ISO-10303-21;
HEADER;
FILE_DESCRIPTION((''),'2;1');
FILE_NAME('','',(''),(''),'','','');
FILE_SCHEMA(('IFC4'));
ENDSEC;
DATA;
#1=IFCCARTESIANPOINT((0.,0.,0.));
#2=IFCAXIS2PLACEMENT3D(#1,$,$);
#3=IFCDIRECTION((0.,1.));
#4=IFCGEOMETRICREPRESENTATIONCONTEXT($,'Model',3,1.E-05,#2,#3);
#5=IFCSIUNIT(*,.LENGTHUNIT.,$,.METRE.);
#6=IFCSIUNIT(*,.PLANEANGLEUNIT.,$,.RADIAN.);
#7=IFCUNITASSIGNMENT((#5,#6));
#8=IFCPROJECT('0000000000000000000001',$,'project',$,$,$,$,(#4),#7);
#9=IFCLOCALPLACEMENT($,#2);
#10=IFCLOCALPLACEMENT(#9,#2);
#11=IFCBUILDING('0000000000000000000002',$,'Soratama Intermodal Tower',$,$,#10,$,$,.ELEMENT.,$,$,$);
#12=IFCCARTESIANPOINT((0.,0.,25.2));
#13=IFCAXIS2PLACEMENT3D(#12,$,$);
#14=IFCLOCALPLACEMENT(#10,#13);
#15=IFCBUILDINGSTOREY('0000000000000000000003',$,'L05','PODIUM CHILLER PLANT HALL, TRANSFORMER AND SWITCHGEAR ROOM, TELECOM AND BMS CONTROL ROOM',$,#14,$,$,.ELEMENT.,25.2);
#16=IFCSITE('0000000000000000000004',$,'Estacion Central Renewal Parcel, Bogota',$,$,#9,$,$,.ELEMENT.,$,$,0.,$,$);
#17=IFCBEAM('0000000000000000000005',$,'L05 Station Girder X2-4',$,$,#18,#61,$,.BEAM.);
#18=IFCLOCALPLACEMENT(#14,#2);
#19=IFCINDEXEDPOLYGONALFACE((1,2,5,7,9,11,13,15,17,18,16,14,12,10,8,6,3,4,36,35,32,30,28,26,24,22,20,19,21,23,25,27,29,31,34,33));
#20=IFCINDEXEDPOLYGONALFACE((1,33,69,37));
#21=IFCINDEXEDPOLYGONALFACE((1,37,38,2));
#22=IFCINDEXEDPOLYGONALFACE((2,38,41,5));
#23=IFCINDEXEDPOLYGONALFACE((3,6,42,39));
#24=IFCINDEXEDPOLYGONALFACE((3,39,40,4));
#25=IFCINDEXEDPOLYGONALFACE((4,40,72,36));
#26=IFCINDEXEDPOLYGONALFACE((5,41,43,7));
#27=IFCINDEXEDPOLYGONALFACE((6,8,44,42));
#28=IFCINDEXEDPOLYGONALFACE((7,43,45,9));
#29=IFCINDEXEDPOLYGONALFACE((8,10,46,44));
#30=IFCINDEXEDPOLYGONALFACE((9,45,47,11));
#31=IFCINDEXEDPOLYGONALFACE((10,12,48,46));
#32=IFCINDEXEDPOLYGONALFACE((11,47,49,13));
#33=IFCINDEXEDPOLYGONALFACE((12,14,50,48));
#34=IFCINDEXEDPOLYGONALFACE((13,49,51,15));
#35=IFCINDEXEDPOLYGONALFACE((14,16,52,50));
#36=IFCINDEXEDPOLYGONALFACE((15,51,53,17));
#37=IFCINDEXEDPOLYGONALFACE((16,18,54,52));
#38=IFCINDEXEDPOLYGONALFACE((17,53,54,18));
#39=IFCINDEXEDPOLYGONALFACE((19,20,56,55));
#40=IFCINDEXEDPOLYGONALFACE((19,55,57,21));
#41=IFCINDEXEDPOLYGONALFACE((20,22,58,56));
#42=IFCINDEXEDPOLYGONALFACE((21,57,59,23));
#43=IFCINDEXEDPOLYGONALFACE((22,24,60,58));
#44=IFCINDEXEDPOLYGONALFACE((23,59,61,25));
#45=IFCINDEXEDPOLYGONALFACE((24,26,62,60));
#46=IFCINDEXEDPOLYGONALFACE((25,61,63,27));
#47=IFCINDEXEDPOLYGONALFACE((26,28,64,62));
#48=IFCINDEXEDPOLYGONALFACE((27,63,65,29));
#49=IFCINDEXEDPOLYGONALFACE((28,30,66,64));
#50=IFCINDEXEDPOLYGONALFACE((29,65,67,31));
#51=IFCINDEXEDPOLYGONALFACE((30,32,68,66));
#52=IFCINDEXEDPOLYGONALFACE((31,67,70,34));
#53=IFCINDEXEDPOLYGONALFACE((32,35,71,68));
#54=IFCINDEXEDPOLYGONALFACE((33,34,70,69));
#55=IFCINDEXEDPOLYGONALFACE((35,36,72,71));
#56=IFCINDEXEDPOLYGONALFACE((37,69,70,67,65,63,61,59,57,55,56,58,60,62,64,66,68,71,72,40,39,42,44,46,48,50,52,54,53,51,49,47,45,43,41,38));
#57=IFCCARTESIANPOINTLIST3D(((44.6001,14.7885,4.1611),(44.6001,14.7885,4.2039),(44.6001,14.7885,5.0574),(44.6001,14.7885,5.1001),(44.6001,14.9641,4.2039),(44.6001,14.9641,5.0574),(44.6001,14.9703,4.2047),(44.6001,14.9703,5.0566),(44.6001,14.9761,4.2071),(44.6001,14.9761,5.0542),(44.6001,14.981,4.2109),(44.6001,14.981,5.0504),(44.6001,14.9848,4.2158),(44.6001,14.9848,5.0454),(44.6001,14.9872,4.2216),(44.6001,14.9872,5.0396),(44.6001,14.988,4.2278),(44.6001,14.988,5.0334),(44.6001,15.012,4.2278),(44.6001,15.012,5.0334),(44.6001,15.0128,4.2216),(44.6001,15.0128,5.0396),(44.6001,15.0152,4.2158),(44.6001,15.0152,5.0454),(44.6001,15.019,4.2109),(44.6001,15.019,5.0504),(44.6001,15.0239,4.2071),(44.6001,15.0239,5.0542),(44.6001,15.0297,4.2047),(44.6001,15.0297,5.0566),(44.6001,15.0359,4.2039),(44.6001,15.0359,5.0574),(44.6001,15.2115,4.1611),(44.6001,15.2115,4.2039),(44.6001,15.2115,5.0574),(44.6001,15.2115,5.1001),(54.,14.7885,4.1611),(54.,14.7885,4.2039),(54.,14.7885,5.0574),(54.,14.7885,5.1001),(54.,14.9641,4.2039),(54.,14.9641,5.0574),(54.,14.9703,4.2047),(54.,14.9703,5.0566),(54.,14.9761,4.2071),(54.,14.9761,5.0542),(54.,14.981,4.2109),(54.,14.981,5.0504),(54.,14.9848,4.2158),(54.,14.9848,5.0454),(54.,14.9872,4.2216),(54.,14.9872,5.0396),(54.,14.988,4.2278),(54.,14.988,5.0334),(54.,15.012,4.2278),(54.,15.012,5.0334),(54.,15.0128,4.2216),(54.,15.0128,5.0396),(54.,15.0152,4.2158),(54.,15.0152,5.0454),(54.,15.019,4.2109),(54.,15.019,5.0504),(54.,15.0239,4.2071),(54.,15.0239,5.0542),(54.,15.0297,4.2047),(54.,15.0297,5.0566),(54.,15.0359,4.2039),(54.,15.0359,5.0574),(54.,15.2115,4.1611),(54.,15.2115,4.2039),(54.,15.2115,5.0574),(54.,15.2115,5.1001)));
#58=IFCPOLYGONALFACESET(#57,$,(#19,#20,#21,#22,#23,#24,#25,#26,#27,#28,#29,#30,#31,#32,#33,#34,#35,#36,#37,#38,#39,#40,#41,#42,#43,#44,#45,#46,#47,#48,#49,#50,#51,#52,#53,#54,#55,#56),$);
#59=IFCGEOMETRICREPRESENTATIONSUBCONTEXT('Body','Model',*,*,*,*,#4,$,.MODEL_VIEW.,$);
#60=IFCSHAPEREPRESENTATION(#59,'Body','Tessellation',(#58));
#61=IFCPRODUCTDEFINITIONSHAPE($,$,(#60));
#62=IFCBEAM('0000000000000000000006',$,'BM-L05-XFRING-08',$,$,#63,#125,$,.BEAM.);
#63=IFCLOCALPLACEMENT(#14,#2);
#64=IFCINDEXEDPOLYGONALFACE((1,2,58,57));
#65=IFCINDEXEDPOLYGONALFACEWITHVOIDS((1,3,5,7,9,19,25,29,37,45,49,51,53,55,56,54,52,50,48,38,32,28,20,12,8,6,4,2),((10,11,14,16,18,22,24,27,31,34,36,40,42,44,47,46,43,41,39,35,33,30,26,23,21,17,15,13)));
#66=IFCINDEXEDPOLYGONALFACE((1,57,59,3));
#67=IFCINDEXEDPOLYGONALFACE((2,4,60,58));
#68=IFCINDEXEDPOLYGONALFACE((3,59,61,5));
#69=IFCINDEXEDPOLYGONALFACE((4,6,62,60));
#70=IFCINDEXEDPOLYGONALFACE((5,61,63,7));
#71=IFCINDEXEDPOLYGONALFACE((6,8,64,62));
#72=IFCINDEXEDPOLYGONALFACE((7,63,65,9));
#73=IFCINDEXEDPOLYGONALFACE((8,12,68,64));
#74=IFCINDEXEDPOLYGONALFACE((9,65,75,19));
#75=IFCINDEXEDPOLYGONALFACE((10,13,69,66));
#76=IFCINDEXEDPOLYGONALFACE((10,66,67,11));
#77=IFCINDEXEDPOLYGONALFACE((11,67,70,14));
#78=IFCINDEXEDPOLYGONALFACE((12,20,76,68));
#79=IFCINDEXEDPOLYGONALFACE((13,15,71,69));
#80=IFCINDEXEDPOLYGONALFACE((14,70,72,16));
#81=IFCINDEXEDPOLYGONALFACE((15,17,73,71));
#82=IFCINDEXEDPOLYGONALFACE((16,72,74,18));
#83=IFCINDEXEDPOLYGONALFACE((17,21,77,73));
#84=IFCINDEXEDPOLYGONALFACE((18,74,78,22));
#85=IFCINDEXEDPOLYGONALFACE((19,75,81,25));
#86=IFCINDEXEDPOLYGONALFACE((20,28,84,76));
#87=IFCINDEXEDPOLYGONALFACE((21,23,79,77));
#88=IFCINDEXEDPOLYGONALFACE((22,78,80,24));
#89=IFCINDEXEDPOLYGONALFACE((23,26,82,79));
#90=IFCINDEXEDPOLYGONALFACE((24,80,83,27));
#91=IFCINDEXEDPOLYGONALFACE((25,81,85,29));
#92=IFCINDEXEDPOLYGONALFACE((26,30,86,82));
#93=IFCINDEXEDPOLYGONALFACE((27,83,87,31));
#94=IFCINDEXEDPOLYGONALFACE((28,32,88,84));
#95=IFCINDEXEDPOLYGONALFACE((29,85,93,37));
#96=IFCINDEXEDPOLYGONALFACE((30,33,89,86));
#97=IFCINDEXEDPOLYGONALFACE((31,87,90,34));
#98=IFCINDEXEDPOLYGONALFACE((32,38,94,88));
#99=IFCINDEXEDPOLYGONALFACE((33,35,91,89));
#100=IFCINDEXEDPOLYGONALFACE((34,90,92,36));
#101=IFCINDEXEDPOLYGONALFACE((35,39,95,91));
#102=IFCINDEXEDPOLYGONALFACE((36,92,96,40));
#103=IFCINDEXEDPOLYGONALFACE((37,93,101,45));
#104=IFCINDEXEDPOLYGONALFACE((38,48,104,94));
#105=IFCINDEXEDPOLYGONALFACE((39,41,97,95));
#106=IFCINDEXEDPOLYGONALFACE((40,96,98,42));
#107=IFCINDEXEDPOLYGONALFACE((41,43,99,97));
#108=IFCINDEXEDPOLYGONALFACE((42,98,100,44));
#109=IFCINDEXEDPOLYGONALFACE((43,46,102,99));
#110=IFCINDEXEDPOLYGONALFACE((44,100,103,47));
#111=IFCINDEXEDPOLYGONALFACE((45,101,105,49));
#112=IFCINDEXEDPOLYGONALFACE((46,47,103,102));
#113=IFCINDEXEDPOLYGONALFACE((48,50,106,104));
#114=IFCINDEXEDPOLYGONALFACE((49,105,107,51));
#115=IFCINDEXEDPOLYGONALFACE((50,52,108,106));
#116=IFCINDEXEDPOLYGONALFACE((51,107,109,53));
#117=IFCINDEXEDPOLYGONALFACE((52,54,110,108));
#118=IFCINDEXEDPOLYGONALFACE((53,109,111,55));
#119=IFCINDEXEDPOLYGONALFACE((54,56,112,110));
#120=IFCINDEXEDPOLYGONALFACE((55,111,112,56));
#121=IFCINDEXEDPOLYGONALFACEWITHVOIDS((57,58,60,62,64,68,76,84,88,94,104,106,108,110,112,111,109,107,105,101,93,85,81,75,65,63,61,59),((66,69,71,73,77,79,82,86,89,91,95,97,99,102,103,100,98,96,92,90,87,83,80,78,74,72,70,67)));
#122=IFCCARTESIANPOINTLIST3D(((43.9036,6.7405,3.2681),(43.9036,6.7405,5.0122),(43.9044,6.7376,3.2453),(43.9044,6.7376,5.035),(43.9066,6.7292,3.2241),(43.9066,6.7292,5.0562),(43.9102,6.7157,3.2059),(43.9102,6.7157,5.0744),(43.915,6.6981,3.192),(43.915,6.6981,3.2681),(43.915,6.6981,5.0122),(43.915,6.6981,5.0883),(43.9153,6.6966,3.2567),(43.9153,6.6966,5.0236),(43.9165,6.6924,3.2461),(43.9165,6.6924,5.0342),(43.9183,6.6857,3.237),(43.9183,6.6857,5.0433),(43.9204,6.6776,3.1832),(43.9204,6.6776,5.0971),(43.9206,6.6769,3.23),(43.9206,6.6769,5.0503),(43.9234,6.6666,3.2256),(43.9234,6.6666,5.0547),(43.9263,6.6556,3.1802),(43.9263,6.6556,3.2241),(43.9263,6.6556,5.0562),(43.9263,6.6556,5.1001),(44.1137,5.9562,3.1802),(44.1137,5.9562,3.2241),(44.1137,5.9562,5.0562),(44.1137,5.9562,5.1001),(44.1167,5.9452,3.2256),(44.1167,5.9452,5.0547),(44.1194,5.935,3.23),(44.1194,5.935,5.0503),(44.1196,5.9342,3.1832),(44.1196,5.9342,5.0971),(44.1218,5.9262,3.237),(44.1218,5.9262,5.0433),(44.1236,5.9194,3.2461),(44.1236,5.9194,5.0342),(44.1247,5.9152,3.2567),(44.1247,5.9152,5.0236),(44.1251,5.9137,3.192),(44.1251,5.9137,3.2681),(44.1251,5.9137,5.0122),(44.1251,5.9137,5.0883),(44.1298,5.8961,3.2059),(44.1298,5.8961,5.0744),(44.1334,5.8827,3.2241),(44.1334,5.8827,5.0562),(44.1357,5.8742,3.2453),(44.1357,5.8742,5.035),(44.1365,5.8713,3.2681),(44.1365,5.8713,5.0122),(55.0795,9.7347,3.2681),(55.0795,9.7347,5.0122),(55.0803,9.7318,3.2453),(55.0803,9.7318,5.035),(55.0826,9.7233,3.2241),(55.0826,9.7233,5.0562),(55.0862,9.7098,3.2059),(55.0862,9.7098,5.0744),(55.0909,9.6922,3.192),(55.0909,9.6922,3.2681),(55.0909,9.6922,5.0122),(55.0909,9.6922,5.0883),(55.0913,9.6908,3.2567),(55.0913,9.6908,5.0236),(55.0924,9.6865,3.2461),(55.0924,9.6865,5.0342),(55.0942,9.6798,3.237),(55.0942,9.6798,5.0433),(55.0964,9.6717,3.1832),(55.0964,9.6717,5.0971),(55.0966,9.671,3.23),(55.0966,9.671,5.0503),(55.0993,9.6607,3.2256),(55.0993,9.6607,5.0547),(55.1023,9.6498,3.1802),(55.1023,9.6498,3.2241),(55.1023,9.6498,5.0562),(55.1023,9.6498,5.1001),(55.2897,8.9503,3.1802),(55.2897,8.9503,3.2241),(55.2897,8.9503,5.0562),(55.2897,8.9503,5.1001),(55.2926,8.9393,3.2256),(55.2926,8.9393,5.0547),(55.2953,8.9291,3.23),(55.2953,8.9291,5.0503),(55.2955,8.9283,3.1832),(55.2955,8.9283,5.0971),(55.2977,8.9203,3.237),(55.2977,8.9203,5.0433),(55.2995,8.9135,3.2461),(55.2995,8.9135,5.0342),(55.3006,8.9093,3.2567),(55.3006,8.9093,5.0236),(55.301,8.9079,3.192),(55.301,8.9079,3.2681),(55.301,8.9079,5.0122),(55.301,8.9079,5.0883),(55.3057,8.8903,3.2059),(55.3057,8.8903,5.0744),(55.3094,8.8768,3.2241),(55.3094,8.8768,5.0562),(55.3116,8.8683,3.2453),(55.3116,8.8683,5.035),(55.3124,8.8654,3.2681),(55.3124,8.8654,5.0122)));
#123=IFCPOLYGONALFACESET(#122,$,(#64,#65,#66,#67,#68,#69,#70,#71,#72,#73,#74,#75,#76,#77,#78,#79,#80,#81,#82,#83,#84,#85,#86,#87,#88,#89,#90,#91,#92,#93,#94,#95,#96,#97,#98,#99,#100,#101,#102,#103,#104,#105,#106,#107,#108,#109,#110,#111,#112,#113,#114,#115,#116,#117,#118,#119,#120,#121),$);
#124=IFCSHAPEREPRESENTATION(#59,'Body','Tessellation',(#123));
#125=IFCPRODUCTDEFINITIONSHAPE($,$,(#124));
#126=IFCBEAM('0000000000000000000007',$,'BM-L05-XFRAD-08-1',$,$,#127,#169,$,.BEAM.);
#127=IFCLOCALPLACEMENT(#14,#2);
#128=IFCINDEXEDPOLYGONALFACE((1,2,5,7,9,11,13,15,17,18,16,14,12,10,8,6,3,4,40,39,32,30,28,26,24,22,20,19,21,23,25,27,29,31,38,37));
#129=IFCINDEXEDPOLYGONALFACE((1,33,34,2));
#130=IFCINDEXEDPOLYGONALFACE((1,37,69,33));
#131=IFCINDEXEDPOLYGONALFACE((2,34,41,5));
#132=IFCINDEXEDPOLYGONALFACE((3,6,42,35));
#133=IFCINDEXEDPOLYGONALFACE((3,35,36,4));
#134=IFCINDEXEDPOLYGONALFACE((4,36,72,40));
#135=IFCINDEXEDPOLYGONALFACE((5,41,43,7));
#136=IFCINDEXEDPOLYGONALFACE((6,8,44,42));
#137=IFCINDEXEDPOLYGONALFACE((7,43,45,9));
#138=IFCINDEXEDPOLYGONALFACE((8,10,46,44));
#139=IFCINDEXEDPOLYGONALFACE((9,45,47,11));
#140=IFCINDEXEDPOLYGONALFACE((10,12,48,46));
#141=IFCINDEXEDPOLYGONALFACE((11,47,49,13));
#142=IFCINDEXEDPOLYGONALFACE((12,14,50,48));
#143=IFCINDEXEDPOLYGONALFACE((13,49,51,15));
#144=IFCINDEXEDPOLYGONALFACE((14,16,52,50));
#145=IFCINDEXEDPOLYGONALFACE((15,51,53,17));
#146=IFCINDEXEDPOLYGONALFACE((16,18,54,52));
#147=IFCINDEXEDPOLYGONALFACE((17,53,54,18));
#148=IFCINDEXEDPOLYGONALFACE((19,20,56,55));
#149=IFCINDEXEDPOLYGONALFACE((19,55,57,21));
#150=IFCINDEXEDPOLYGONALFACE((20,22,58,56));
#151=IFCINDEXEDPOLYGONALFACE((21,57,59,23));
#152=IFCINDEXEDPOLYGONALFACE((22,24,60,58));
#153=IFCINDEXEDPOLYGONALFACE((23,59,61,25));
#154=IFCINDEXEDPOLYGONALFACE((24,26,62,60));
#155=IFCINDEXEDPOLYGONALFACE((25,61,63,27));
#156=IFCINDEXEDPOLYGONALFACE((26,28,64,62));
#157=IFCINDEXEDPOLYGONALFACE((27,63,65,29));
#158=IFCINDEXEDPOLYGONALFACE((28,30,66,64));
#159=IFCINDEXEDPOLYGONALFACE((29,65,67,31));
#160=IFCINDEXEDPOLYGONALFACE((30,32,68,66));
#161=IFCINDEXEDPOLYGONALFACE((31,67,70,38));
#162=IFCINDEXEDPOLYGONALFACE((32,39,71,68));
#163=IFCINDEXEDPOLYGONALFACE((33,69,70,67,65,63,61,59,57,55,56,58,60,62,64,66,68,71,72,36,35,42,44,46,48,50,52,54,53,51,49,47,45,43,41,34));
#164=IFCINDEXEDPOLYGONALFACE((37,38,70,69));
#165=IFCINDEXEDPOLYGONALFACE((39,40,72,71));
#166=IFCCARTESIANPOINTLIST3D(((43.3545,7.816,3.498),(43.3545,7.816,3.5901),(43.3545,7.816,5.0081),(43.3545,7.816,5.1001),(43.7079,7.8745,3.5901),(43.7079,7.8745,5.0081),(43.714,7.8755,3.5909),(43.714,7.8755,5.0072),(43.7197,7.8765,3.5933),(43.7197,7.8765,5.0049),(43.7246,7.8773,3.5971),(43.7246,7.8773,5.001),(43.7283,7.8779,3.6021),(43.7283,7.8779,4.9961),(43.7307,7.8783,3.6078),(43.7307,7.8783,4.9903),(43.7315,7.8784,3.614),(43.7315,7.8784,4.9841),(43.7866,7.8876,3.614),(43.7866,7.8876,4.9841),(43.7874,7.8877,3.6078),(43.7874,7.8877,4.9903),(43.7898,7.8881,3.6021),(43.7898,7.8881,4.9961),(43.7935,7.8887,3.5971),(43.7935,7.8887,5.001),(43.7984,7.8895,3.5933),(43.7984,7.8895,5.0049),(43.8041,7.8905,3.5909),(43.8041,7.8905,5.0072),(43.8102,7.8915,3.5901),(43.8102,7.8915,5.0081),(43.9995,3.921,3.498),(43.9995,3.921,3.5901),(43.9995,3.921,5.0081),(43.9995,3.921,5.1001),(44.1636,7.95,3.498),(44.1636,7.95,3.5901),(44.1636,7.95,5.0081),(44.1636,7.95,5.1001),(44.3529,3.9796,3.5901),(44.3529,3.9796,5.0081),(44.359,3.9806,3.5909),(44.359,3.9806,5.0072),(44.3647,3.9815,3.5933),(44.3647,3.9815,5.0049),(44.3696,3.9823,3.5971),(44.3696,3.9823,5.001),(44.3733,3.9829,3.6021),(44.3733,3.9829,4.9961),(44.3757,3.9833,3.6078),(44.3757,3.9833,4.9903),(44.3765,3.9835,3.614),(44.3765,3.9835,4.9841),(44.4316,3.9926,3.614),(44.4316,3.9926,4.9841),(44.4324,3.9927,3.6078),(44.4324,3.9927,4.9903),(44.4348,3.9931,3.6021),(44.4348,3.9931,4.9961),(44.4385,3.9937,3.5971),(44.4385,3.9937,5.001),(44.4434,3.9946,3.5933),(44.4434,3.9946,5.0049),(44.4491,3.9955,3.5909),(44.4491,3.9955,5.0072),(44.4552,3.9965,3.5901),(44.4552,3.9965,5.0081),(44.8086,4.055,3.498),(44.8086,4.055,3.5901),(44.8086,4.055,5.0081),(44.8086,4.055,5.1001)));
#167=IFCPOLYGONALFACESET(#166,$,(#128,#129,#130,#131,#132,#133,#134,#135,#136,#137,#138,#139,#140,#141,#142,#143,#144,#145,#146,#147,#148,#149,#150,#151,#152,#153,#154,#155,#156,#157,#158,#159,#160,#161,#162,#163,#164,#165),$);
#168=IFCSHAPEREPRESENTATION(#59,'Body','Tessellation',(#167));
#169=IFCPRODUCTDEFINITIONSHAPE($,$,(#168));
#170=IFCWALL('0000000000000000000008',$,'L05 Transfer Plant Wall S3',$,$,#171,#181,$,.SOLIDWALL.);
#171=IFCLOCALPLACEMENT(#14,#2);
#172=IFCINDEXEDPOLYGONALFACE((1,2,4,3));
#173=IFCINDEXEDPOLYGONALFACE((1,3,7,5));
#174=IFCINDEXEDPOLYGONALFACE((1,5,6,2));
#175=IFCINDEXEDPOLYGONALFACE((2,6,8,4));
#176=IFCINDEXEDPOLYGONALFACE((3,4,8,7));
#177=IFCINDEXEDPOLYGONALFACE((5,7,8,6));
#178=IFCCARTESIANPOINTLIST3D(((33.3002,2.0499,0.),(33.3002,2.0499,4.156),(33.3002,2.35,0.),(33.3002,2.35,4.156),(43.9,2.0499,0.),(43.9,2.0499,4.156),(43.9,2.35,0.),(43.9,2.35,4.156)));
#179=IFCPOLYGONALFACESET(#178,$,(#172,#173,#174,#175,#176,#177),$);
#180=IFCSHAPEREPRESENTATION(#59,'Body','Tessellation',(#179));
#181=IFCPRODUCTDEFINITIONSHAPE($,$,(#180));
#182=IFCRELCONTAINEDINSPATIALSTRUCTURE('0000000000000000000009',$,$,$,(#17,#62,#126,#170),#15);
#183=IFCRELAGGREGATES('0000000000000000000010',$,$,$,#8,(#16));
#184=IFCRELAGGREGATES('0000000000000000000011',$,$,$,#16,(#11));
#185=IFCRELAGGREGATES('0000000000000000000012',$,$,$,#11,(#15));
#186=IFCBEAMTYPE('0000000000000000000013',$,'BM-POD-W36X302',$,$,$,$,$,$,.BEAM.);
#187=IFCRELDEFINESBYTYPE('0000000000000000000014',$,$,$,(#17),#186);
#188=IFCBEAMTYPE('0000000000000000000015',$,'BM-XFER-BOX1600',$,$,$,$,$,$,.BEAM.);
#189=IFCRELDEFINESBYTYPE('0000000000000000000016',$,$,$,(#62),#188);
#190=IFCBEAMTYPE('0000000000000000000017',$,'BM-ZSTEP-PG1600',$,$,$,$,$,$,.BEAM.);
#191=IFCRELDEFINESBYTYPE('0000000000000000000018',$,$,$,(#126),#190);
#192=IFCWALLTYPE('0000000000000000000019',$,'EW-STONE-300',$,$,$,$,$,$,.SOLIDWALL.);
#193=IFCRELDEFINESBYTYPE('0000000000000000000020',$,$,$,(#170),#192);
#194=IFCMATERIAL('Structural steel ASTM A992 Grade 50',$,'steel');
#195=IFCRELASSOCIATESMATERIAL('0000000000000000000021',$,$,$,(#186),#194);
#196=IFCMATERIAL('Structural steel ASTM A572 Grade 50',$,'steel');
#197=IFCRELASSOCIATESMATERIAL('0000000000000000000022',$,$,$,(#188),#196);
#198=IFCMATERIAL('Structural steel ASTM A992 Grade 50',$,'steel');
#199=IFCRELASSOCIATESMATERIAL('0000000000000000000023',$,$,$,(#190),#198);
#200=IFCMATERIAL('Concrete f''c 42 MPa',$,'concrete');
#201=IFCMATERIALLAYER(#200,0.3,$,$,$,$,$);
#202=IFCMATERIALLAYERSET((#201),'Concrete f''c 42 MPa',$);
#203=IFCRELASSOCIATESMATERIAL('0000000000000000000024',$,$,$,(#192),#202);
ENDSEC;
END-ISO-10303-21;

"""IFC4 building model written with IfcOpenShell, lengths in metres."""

from ifc_helpers import new_model, si_unit, direction, frame, frame_2d, origin, origin_2d, place, context, subcontext, project, spatial, rectangle, hollow_rectangle, i_section, extrude, material, layer, layer_set, material_profile, profile_set, type_object, element, save


model = new_model("IFC4")

# Units and contexts
model_context = context("Model", 3, precision=1e-05, world=origin(), true_north=direction((0.0, 1.0)))
body_context = subcontext(model_context, "Body", "Model", "MODEL_VIEW")
ifc_project = project(units=[si_unit("LENGTHUNIT", "METRE"), si_unit("PLANEANGLEUNIT", "RADIAN")], contexts=[model_context])

# Site, building, storey
site_placement = place(None, origin())
site = spatial("IfcSite", under=ifc_project, at=site_placement, Name="Estacion Central Renewal Parcel, Bogota", CompositionType="ELEMENT", RefElevation=0.0)
building_placement = place(site_placement, origin())
building = spatial("IfcBuilding", under=site, at=building_placement, Name="Soratama Intermodal Tower", CompositionType="ELEMENT")
storey_placement = place(building_placement, frame((0.0, 0.0, 25.2)))
storey = spatial("IfcBuildingStorey", under=building, at=storey_placement, Name="L05", Description="PODIUM CHILLER PLANT HALL, TRANSFORMER AND SWITCHGEAR ROOM, TELECOM AND BMS CONTROL ROOM", CompositionType="ELEMENT", Elevation=25.2)

# Beams
ifc_material_1 = material(Name="Structural steel ASTM A992 Grade 50", Category="steel")
ifc_material_profile_1 = material_profile(ifc_material_1, i_section(OverallWidth=0.4231, OverallDepth=0.939, WebThickness=0.0239, FlangeThickness=0.0427, FilletRadius=0.0239, at=origin_2d()), Name="W36X302")
ifc_profile_set_1 = profile_set([ifc_material_profile_1], Name="Structural steel ASTM A992 Grade 50")
beam_type_1 = type_object("IfcBeamType", Name="BM-POD-W36X302", PredefinedType="BEAM", material=ifc_profile_set_1)
beam_1_placement = place(storey_placement, frame((44.6001, 15.0, 4.6306), z_axis=(1.0, 0.0, 0.0), x_axis=(0.0, 1.0, 0.0)))
element("IfcBeam", 1, at=beam_1_placement, inside=storey, type_object=beam_type_1, Name="L05 Station Girder X2-4", PredefinedType="BEAM", context=body_context, shape_type="SweptSolid", body=[
    extrude(i_section(OverallWidth=0.4231, OverallDepth=0.939, WebThickness=0.0239, FlangeThickness=0.0427, FilletRadius=0.0239, at=origin_2d()), origin(), (0.0, 0.0, 1.0), 9.3999),
])
ifc_material_2 = material(Name="Structural steel ASTM A572 Grade 50", Category="steel")
ifc_material_profile_2 = material_profile(ifc_material_2, hollow_rectangle(XDim=0.8999, YDim=1.9199, WallThickness=0.0439, InnerFilletRadius=0.0439, OuterFilletRadius=0.0879, at=origin_2d()), Name="BOX1600X900X40")
ifc_profile_set_2 = profile_set([ifc_material_profile_2], Name="Structural steel ASTM A572 Grade 50")
beam_type_2 = type_object("IfcBeamType", Name="BM-XFER-BOX1600", PredefinedType="BEAM", material=ifc_profile_set_2)
beam_2_placement = place(storey_placement, frame((44.02, 6.3059, 4.1401), z_axis=(0.965936, 0.258781, 0.0), x_axis=(-0.258781, 0.965936, 0.0)))
element("IfcBeam", 2, at=beam_2_placement, inside=storey, type_object=beam_type_2, Name="BM-L05-XFRING-08", PredefinedType="BEAM", context=body_context, shape_type="SweptSolid", body=[
    extrude(hollow_rectangle(XDim=0.8999, YDim=1.9199, WallThickness=0.0439, InnerFilletRadius=0.0439, OuterFilletRadius=0.0879, at=origin_2d()), origin(), (0.0, 0.0, 1.0), 11.5701),
])
ifc_material_3 = material(Name="Structural steel ASTM A992 Grade 50", Category="steel")
ifc_material_profile_3 = material_profile(ifc_material_3, i_section(OverallWidth=0.8201, OverallDepth=1.6021, WebThickness=0.0559, FlangeThickness=0.092, FilletRadius=0.0239, at=origin_2d()), Name="PG1600X650")
ifc_profile_set_3 = profile_set([ifc_material_profile_3], Name="Structural steel ASTM A992 Grade 50")
beam_type_3 = type_object("IfcBeamType", Name="BM-ZSTEP-PG1600", PredefinedType="BEAM", material=ifc_profile_set_3)
beam_3_placement = place(storey_placement, frame((44.4041, 3.988, 4.2991), z_axis=(-0.163376, 0.986564, 0.0), x_axis=(-0.986564, -0.163376, 0.0)))
element("IfcBeam", 3, at=beam_3_placement, inside=storey, type_object=beam_type_3, Name="BM-L05-XFRAD-08-1", PredefinedType="BEAM", context=body_context, shape_type="SweptSolid", body=[
    extrude(i_section(OverallWidth=0.8201, OverallDepth=1.6021, WebThickness=0.0559, FlangeThickness=0.092, FilletRadius=0.0239, at=origin_2d()), origin(), (0.0, 0.0, 1.0), 3.948),
])

# Wall
ifc_material_4 = material(Name="Concrete f'c 42 MPa", Category="concrete")
ifc_layer_1 = layer(ifc_material_4, 0.3)
ifc_layer_set_1 = layer_set([ifc_layer_1], Name="Concrete f'c 42 MPa")
wall_type_1 = type_object("IfcWallType", Name="EW-STONE-300", PredefinedType="SOLIDWALL", material=ifc_layer_set_1)
wall_1_placement = place(storey_placement, frame((43.8999, 2.2, 0.0), z_axis=(0.0, 0.0, 1.0), x_axis=(-1.0, 0.0, 0.0)))
element("IfcWall", 4, at=wall_1_placement, inside=storey, type_object=wall_type_1, Name="L05 Transfer Plant Wall S3", PredefinedType="SOLIDWALL", context=body_context, shape_type="SweptSolid", body=[
    extrude(rectangle(XDim=10.5999, YDim=0.3, at=frame_2d((5.2998, 0.0))), origin(), (0.0, 0.0, 1.0), 4.156),
])

save(model, "model.ifc")
